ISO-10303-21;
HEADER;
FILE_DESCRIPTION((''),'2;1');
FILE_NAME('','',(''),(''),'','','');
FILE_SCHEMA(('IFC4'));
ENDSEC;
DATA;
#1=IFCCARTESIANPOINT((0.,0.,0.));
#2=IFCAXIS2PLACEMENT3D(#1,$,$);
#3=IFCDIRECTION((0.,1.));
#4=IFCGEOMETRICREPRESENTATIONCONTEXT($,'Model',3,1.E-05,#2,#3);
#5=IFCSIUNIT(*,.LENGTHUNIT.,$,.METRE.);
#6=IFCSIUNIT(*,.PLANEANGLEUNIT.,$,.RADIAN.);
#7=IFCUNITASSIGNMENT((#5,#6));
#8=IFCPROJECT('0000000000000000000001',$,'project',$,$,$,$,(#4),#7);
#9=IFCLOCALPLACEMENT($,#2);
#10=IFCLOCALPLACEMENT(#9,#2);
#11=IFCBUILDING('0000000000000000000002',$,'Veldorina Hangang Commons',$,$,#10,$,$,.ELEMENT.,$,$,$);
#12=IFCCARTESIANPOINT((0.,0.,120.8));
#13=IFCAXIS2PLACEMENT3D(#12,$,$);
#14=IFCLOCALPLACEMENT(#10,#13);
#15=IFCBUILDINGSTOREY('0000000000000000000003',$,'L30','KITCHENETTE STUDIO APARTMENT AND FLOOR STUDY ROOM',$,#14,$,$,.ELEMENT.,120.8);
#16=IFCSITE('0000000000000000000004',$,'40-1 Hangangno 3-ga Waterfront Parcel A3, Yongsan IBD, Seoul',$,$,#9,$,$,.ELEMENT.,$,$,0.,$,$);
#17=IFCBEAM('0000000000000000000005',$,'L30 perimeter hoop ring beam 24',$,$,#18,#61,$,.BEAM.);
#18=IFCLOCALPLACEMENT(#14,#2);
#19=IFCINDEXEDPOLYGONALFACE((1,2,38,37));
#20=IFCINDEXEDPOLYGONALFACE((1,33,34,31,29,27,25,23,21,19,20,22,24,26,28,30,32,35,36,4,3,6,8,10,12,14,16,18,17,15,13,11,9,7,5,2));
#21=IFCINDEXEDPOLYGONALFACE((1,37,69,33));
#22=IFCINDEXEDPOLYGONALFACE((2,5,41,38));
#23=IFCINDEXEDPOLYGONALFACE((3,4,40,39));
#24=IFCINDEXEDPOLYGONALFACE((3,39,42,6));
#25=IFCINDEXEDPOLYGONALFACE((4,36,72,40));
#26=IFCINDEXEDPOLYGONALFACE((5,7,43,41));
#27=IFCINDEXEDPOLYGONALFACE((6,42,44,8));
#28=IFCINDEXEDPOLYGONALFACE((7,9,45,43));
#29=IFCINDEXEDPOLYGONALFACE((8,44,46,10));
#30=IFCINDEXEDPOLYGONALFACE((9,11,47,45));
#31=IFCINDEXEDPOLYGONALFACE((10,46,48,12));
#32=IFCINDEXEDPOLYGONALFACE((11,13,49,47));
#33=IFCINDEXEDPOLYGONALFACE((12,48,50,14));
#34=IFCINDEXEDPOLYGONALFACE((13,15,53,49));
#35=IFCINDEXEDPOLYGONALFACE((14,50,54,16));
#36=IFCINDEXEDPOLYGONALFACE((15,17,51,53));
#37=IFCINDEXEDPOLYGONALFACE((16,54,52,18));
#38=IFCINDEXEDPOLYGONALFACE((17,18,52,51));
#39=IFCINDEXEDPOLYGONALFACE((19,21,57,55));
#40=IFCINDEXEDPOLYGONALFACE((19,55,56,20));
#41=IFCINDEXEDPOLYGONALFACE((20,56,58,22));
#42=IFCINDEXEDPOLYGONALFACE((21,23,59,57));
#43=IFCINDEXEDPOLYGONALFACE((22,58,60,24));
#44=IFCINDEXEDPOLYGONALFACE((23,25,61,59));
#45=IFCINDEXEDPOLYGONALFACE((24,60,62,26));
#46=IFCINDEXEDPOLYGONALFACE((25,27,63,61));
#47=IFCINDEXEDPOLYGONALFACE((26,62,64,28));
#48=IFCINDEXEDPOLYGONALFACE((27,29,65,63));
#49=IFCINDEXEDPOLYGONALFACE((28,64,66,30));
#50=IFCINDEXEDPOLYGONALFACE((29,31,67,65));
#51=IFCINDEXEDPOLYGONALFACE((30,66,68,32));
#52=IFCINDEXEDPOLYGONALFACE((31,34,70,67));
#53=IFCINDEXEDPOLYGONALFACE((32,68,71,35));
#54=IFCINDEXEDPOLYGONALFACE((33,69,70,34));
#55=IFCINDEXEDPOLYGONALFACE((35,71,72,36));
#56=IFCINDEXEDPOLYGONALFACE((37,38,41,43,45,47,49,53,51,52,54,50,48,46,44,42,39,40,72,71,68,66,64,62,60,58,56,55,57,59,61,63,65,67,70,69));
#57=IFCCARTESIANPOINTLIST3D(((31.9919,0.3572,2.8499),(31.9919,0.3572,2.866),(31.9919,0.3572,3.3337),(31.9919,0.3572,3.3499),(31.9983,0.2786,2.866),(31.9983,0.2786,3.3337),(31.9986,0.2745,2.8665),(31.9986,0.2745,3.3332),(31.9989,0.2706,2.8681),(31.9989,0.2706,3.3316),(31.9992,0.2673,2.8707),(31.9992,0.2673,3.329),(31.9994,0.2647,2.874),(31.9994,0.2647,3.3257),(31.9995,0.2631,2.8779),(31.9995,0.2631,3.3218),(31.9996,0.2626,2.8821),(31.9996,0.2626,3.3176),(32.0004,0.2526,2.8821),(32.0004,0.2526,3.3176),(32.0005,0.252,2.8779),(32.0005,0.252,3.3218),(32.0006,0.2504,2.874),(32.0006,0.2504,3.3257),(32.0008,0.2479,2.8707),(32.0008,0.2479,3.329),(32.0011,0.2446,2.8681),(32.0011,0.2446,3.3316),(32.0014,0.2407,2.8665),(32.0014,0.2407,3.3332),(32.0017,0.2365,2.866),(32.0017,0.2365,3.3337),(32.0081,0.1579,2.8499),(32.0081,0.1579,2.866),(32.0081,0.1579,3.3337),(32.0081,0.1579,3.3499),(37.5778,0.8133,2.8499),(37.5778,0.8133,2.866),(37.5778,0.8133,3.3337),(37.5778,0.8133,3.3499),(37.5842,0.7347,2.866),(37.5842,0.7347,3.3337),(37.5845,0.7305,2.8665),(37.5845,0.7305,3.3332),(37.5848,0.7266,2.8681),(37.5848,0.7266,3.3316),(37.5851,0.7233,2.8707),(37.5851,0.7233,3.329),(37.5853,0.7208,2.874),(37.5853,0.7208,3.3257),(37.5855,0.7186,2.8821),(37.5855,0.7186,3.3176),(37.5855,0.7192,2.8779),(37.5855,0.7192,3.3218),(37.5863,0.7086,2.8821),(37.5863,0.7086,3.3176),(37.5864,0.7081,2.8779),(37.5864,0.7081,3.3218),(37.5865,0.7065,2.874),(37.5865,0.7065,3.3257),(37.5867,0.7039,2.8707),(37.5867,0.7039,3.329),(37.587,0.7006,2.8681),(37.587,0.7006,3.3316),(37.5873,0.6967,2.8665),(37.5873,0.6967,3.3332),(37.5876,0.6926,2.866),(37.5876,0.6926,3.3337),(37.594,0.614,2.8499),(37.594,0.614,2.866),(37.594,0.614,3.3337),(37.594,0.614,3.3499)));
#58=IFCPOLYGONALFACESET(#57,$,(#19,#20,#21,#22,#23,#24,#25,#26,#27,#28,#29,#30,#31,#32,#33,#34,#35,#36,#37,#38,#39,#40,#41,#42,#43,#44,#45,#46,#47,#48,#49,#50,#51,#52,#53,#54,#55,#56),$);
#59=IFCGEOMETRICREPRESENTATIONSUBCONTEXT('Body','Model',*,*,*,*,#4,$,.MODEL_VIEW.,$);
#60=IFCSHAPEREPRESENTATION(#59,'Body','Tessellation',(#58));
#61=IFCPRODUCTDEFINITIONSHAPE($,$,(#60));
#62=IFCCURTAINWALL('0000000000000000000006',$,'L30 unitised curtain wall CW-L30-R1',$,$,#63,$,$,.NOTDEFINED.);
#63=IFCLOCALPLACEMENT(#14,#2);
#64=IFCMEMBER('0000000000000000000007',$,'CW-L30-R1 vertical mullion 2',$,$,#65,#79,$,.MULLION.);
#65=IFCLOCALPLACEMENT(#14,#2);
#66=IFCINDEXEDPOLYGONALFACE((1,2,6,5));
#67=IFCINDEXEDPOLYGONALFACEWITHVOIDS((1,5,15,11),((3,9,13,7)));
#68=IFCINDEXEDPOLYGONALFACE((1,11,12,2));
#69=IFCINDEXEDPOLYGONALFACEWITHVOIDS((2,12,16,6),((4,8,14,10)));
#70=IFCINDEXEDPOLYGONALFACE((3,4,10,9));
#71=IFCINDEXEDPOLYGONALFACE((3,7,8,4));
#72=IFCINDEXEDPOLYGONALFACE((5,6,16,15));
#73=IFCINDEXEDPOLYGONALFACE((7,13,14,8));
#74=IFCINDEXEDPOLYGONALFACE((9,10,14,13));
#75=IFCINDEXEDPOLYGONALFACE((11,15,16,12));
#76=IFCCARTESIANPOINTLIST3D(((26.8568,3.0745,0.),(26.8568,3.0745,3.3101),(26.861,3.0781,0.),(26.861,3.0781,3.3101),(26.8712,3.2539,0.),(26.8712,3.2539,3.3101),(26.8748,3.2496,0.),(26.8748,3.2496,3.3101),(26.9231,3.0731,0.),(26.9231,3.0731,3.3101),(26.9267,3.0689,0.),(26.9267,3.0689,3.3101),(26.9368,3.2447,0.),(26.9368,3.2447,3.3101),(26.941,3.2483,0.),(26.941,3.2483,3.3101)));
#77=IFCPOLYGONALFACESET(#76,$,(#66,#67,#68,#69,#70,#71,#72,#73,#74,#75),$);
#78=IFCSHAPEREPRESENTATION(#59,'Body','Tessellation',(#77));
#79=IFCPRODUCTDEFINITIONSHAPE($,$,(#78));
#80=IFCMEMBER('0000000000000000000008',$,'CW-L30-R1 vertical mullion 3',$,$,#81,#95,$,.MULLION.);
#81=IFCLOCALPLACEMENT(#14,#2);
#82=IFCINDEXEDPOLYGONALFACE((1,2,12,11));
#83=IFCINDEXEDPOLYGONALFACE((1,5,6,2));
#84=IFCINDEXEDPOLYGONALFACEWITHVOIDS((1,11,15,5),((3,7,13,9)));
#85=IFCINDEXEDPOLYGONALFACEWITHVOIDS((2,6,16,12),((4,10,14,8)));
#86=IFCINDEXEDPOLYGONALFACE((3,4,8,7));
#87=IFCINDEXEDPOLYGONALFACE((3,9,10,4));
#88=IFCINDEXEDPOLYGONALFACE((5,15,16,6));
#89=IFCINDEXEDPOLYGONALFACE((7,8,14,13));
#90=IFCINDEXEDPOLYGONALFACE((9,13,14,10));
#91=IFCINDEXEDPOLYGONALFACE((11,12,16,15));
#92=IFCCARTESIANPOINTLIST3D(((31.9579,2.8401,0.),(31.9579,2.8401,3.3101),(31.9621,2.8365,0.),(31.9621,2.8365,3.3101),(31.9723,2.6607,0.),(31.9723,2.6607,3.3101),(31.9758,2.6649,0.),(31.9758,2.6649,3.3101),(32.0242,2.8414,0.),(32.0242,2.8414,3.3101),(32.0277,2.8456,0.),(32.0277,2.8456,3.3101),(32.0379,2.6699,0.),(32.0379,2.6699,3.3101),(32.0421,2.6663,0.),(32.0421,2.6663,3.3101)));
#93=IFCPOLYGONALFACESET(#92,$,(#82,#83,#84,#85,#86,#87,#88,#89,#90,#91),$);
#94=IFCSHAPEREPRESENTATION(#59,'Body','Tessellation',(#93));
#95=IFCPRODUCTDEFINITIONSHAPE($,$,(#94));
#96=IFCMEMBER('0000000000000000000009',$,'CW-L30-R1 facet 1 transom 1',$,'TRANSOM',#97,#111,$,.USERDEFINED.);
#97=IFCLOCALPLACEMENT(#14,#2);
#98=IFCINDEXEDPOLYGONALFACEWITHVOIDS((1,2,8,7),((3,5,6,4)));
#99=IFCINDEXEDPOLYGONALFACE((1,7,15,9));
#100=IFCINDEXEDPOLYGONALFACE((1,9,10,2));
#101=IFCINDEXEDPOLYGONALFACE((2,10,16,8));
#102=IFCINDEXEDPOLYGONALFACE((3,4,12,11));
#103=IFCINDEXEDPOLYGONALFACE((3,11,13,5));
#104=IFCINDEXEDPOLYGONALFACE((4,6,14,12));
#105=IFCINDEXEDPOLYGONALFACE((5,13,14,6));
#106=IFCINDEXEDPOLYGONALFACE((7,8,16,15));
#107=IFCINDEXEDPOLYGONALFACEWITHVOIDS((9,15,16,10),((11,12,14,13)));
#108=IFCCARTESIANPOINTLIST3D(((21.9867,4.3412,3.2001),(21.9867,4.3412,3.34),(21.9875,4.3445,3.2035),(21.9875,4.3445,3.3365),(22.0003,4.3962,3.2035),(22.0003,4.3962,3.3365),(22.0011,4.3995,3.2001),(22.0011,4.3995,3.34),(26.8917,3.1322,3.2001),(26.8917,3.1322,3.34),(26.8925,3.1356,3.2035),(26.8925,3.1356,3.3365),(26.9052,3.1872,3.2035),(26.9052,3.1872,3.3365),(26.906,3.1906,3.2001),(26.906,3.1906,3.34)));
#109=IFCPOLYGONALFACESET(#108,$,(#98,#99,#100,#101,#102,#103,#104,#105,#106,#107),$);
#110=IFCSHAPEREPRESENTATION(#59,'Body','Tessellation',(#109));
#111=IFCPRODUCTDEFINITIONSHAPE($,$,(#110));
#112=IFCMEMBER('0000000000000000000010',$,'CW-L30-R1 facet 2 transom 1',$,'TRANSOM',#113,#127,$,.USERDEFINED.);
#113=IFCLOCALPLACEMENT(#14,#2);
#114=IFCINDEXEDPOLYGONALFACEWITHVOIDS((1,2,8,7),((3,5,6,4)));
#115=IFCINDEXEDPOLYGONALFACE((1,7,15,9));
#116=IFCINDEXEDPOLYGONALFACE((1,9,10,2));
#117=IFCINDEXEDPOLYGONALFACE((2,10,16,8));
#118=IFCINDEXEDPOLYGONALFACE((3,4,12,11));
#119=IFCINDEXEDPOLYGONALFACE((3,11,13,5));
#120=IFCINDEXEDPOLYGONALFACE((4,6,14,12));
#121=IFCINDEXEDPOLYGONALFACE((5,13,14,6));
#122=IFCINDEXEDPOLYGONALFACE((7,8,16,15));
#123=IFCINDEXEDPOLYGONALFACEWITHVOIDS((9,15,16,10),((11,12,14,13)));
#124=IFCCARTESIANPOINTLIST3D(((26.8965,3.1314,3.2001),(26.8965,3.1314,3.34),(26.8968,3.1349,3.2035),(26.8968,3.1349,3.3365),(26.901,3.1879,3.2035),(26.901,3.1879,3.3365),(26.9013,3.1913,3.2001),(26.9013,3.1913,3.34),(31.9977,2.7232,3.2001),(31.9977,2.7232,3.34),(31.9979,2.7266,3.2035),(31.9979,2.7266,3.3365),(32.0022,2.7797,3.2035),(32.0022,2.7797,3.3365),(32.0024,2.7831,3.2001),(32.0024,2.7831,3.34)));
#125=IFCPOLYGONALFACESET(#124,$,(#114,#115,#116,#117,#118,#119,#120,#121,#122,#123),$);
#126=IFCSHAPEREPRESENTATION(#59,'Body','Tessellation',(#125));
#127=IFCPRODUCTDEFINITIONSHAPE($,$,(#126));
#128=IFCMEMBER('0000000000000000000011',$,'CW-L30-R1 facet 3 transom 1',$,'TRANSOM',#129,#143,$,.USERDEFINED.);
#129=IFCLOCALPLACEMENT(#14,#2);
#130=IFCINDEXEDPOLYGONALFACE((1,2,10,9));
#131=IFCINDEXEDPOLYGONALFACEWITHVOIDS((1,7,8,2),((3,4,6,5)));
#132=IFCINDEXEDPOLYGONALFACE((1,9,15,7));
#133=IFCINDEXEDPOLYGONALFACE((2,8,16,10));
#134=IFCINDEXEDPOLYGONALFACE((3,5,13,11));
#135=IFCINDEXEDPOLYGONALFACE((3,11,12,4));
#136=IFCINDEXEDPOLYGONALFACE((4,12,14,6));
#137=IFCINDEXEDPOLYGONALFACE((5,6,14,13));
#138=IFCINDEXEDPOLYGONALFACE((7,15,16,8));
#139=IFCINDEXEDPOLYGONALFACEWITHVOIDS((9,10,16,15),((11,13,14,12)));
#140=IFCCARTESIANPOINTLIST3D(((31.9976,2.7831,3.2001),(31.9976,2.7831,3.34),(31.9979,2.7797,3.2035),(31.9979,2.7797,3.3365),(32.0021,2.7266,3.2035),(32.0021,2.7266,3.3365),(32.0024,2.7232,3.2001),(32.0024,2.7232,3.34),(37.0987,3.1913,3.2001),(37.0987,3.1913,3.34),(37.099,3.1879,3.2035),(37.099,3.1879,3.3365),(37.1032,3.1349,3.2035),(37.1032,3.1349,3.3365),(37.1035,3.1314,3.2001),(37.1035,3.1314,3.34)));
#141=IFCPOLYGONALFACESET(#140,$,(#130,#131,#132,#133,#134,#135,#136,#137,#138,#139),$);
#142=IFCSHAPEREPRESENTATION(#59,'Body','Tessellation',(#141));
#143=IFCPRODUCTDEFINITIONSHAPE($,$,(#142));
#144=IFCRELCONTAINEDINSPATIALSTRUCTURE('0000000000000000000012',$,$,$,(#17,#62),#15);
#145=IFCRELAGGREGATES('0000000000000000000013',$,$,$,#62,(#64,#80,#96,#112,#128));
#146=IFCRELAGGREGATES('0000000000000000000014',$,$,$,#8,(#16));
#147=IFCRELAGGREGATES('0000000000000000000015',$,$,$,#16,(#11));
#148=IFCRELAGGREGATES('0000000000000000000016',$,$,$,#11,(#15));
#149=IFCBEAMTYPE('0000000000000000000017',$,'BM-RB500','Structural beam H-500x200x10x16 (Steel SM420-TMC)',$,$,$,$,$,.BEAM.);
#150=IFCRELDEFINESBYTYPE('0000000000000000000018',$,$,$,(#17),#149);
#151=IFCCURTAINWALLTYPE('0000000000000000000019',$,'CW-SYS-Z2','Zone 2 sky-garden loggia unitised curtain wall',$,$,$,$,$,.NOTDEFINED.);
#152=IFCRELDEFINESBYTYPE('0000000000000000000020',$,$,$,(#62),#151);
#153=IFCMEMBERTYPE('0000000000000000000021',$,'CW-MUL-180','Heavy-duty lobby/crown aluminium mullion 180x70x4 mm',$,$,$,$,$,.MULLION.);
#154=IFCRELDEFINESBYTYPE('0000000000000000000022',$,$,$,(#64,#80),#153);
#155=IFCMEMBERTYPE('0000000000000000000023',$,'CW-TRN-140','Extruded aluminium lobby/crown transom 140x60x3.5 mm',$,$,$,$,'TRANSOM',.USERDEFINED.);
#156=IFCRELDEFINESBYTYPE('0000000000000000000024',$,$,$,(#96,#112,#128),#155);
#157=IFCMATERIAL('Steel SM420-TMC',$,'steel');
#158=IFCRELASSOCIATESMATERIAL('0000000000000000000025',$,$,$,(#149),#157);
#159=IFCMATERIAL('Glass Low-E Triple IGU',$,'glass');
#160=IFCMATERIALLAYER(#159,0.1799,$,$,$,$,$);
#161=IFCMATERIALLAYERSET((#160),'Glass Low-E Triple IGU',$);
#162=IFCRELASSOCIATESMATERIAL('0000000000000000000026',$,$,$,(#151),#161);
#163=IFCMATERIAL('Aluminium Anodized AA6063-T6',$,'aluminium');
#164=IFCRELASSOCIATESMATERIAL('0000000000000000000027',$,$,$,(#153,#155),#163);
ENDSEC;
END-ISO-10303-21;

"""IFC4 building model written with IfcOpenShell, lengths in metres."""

from ifc_helpers import new_model, si_unit, direction, frame, origin, origin_2d, place, context, subcontext, project, spatial, hollow_rectangle, i_section, extrude, material, layer, layer_set, material_profile, profile_set, type_object, element, aggregate, save


model = new_model("IFC4")

# Units and contexts
model_context = context("Model", 3, precision=1e-05, world=origin(), true_north=direction((0.0, 1.0)))
body_context = subcontext(model_context, "Body", "Model", "MODEL_VIEW")
ifc_project = project(units=[si_unit("LENGTHUNIT", "METRE"), si_unit("PLANEANGLEUNIT", "RADIAN")], contexts=[model_context])

# Site, building, storey
site_placement = place(None, origin())
site = spatial("IfcSite", under=ifc_project, at=site_placement, Name="40-1 Hangangno 3-ga Waterfront Parcel A3, Yongsan IBD, Seoul", CompositionType="ELEMENT", RefElevation=0.0)
building_placement = place(site_placement, origin())
building = spatial("IfcBuilding", under=site, at=building_placement, Name="Veldorina Hangang Commons", CompositionType="ELEMENT")
storey_placement = place(building_placement, frame((0.0, 0.0, 120.8)))
storey = spatial("IfcBuildingStorey", under=building, at=storey_placement, Name="L30", Description="KITCHENETTE STUDIO APARTMENT AND FLOOR STUDY ROOM", CompositionType="ELEMENT", Elevation=120.8)

# Beam
ifc_material_1 = material(Name="Steel SM420-TMC", Category="steel")
ifc_material_profile_1 = material_profile(ifc_material_1, i_section(OverallWidth=0.2, OverallDepth=0.5, WebThickness=0.01, FlangeThickness=0.0161, FilletRadius=0.0161, at=origin_2d()), Name="H-500x200x10x16")
ifc_profile_set_1 = profile_set([ifc_material_profile_1], Name="Steel SM420-TMC")
beam_type_1 = type_object("IfcBeamType", Name="BM-RB500", Description="Structural beam H-500x200x10x16 (Steel SM420-TMC)", PredefinedType="BEAM", material=ifc_profile_set_1)
for number, where, z_axis, x_axis, name in (
    (1, (32.0, 0.2576, 3.0999), (0.996684, 0.081373, 0.0), (-0.081373, 0.996684, 0.0), "L30 perimeter hoop ring beam 24"),
):
    element("IfcBeam", number, at=place(storey_placement, frame(where, z_axis=z_axis, x_axis=x_axis)), inside=storey, type_object=beam_type_1, Name=name, PredefinedType="BEAM", context=body_context, shape_type="SweptSolid", body=[
        extrude(i_section(OverallWidth=0.2, OverallDepth=0.5, WebThickness=0.01, FlangeThickness=0.0161, FilletRadius=0.0161, at=origin_2d()), origin(), (0.0, 0.0, 1.0), 5.6045),
    ])

# Curtain wall, members
ifc_material_2 = material(Name="Glass Low-E Triple IGU", Category="glass")
ifc_layer_1 = layer(ifc_material_2, 0.1799)
ifc_layer_set_1 = layer_set([ifc_layer_1], Name="Glass Low-E Triple IGU")
curtain_wall_type = type_object("IfcCurtainWallType", Name="CW-SYS-Z2", Description="Zone 2 sky-garden loggia unitised curtain wall", PredefinedType="NOTDEFINED", material=ifc_layer_set_1)
curtain_wall_placement = place(storey_placement, origin())
curtain_wall = element("IfcCurtainWall", 2, at=curtain_wall_placement, inside=storey, type_object=curtain_wall_type, Name="L30 unitised curtain wall CW-L30-R1", PredefinedType="NOTDEFINED")
ifc_material_3 = material(Name="Aluminium Anodized AA6063-T6", Category="aluminium")
ifc_material_profile_2 = material_profile(ifc_material_3, hollow_rectangle(XDim=0.0701, YDim=0.1799, WallThickness=0.0039, at=origin_2d()), Name="ALU-RHS-180x70x4")
ifc_profile_set_2 = profile_set([ifc_material_profile_2], Name="Aluminium Anodized AA6063-T6")
member_type_1 = type_object("IfcMemberType", Name="CW-MUL-180", Description="Heavy-duty lobby/crown aluminium mullion 180x70x4 mm", PredefinedType="MULLION", material=ifc_profile_set_2)
member_1_placement = place(storey_placement, frame((26.8989, 3.1614, 0.0), z_axis=(0.0, 0.0, 1.0), x_axis=(0.996812, -0.079781, 0.0)))
member_1 = element("IfcMember", 3, at=member_1_placement, type_object=member_type_1, Name="CW-L30-R1 vertical mullion 2", PredefinedType="MULLION", context=body_context, shape_type="SweptSolid", body=[
    extrude(hollow_rectangle(XDim=0.0701, YDim=0.1799, WallThickness=0.0039, at=origin_2d()), origin(), (0.0, 0.0, 1.0), 3.3101),
])
member_2_placement = place(storey_placement, frame((32.0, 2.7532, 0.0), z_axis=(0.0, 0.0, 1.0), x_axis=(0.996812, 0.079781, 0.0)))
member_2 = element("IfcMember", 4, at=member_2_placement, type_object=member_type_1, Name="CW-L30-R1 vertical mullion 3", PredefinedType="MULLION", context=body_context, shape_type="SweptSolid", body=[
    extrude(hollow_rectangle(XDim=0.0701, YDim=0.1799, WallThickness=0.0039, at=origin_2d()), origin(), (0.0, 0.0, 1.0), 3.3101),
])
ifc_material_profile_3 = material_profile(ifc_material_3, hollow_rectangle(XDim=0.0601, YDim=0.1399, WallThickness=0.0034, at=origin_2d()), Name="ALU-RHS-140x60x3.5")
ifc_profile_set_3 = profile_set([ifc_material_profile_3], Name="Aluminium Anodized AA6063-T6")
member_type_2 = type_object("IfcMemberType", Name="CW-TRN-140", Description="Extruded aluminium lobby/crown transom 140x60x3.5 mm", ElementType="TRANSOM", PredefinedType="USERDEFINED", material=ifc_profile_set_3)
member_3_placement = place(storey_placement, frame((21.9939, 4.3704, 3.27), z_axis=(0.970942, -0.239316, 0.0), x_axis=(0.239316, 0.970942, 0.0)))
member_3 = element("IfcMember", 5, at=member_3_placement, type_object=member_type_2, Name="CW-L30-R1 facet 1 transom 1", ObjectType="TRANSOM", PredefinedType="USERDEFINED", context=body_context, shape_type="SweptSolid", body=[
    extrude(hollow_rectangle(XDim=0.0601, YDim=0.1399, WallThickness=0.0034, at=origin_2d()), origin(), (0.0, 0.0, 1.0), 5.0518),
])
member_4_placement = place(storey_placement, frame((26.8989, 3.1614, 3.27), z_axis=(0.996813, -0.079768, 0.0), x_axis=(0.079768, 0.996813, 0.0)))
member_4 = element("IfcMember", 6, at=member_4_placement, type_object=member_type_2, Name="CW-L30-R1 facet 2 transom 1", ObjectType="TRANSOM", PredefinedType="USERDEFINED", context=body_context, shape_type="SweptSolid", body=[
    extrude(hollow_rectangle(XDim=0.0601, YDim=0.1399, WallThickness=0.0034, at=origin_2d()), origin(), (0.0, 0.0, 1.0), 5.1174),
])
member_5_placement = place(storey_placement, frame((32.0, 2.7532, 3.27), z_axis=(0.996813, 0.079768, 0.0), x_axis=(-0.079768, 0.996813, 0.0)))
member_5 = element("IfcMember", 7, at=member_5_placement, type_object=member_type_2, Name="CW-L30-R1 facet 3 transom 1", ObjectType="TRANSOM", PredefinedType="USERDEFINED", context=body_context, shape_type="SweptSolid", body=[
    extrude(hollow_rectangle(XDim=0.0601, YDim=0.1399, WallThickness=0.0034, at=origin_2d()), origin(), (0.0, 0.0, 1.0), 5.1174),
])

aggregate(curtain_wall, [member_1, member_2, member_3, member_4, member_5])

save(model, "model.ifc")
